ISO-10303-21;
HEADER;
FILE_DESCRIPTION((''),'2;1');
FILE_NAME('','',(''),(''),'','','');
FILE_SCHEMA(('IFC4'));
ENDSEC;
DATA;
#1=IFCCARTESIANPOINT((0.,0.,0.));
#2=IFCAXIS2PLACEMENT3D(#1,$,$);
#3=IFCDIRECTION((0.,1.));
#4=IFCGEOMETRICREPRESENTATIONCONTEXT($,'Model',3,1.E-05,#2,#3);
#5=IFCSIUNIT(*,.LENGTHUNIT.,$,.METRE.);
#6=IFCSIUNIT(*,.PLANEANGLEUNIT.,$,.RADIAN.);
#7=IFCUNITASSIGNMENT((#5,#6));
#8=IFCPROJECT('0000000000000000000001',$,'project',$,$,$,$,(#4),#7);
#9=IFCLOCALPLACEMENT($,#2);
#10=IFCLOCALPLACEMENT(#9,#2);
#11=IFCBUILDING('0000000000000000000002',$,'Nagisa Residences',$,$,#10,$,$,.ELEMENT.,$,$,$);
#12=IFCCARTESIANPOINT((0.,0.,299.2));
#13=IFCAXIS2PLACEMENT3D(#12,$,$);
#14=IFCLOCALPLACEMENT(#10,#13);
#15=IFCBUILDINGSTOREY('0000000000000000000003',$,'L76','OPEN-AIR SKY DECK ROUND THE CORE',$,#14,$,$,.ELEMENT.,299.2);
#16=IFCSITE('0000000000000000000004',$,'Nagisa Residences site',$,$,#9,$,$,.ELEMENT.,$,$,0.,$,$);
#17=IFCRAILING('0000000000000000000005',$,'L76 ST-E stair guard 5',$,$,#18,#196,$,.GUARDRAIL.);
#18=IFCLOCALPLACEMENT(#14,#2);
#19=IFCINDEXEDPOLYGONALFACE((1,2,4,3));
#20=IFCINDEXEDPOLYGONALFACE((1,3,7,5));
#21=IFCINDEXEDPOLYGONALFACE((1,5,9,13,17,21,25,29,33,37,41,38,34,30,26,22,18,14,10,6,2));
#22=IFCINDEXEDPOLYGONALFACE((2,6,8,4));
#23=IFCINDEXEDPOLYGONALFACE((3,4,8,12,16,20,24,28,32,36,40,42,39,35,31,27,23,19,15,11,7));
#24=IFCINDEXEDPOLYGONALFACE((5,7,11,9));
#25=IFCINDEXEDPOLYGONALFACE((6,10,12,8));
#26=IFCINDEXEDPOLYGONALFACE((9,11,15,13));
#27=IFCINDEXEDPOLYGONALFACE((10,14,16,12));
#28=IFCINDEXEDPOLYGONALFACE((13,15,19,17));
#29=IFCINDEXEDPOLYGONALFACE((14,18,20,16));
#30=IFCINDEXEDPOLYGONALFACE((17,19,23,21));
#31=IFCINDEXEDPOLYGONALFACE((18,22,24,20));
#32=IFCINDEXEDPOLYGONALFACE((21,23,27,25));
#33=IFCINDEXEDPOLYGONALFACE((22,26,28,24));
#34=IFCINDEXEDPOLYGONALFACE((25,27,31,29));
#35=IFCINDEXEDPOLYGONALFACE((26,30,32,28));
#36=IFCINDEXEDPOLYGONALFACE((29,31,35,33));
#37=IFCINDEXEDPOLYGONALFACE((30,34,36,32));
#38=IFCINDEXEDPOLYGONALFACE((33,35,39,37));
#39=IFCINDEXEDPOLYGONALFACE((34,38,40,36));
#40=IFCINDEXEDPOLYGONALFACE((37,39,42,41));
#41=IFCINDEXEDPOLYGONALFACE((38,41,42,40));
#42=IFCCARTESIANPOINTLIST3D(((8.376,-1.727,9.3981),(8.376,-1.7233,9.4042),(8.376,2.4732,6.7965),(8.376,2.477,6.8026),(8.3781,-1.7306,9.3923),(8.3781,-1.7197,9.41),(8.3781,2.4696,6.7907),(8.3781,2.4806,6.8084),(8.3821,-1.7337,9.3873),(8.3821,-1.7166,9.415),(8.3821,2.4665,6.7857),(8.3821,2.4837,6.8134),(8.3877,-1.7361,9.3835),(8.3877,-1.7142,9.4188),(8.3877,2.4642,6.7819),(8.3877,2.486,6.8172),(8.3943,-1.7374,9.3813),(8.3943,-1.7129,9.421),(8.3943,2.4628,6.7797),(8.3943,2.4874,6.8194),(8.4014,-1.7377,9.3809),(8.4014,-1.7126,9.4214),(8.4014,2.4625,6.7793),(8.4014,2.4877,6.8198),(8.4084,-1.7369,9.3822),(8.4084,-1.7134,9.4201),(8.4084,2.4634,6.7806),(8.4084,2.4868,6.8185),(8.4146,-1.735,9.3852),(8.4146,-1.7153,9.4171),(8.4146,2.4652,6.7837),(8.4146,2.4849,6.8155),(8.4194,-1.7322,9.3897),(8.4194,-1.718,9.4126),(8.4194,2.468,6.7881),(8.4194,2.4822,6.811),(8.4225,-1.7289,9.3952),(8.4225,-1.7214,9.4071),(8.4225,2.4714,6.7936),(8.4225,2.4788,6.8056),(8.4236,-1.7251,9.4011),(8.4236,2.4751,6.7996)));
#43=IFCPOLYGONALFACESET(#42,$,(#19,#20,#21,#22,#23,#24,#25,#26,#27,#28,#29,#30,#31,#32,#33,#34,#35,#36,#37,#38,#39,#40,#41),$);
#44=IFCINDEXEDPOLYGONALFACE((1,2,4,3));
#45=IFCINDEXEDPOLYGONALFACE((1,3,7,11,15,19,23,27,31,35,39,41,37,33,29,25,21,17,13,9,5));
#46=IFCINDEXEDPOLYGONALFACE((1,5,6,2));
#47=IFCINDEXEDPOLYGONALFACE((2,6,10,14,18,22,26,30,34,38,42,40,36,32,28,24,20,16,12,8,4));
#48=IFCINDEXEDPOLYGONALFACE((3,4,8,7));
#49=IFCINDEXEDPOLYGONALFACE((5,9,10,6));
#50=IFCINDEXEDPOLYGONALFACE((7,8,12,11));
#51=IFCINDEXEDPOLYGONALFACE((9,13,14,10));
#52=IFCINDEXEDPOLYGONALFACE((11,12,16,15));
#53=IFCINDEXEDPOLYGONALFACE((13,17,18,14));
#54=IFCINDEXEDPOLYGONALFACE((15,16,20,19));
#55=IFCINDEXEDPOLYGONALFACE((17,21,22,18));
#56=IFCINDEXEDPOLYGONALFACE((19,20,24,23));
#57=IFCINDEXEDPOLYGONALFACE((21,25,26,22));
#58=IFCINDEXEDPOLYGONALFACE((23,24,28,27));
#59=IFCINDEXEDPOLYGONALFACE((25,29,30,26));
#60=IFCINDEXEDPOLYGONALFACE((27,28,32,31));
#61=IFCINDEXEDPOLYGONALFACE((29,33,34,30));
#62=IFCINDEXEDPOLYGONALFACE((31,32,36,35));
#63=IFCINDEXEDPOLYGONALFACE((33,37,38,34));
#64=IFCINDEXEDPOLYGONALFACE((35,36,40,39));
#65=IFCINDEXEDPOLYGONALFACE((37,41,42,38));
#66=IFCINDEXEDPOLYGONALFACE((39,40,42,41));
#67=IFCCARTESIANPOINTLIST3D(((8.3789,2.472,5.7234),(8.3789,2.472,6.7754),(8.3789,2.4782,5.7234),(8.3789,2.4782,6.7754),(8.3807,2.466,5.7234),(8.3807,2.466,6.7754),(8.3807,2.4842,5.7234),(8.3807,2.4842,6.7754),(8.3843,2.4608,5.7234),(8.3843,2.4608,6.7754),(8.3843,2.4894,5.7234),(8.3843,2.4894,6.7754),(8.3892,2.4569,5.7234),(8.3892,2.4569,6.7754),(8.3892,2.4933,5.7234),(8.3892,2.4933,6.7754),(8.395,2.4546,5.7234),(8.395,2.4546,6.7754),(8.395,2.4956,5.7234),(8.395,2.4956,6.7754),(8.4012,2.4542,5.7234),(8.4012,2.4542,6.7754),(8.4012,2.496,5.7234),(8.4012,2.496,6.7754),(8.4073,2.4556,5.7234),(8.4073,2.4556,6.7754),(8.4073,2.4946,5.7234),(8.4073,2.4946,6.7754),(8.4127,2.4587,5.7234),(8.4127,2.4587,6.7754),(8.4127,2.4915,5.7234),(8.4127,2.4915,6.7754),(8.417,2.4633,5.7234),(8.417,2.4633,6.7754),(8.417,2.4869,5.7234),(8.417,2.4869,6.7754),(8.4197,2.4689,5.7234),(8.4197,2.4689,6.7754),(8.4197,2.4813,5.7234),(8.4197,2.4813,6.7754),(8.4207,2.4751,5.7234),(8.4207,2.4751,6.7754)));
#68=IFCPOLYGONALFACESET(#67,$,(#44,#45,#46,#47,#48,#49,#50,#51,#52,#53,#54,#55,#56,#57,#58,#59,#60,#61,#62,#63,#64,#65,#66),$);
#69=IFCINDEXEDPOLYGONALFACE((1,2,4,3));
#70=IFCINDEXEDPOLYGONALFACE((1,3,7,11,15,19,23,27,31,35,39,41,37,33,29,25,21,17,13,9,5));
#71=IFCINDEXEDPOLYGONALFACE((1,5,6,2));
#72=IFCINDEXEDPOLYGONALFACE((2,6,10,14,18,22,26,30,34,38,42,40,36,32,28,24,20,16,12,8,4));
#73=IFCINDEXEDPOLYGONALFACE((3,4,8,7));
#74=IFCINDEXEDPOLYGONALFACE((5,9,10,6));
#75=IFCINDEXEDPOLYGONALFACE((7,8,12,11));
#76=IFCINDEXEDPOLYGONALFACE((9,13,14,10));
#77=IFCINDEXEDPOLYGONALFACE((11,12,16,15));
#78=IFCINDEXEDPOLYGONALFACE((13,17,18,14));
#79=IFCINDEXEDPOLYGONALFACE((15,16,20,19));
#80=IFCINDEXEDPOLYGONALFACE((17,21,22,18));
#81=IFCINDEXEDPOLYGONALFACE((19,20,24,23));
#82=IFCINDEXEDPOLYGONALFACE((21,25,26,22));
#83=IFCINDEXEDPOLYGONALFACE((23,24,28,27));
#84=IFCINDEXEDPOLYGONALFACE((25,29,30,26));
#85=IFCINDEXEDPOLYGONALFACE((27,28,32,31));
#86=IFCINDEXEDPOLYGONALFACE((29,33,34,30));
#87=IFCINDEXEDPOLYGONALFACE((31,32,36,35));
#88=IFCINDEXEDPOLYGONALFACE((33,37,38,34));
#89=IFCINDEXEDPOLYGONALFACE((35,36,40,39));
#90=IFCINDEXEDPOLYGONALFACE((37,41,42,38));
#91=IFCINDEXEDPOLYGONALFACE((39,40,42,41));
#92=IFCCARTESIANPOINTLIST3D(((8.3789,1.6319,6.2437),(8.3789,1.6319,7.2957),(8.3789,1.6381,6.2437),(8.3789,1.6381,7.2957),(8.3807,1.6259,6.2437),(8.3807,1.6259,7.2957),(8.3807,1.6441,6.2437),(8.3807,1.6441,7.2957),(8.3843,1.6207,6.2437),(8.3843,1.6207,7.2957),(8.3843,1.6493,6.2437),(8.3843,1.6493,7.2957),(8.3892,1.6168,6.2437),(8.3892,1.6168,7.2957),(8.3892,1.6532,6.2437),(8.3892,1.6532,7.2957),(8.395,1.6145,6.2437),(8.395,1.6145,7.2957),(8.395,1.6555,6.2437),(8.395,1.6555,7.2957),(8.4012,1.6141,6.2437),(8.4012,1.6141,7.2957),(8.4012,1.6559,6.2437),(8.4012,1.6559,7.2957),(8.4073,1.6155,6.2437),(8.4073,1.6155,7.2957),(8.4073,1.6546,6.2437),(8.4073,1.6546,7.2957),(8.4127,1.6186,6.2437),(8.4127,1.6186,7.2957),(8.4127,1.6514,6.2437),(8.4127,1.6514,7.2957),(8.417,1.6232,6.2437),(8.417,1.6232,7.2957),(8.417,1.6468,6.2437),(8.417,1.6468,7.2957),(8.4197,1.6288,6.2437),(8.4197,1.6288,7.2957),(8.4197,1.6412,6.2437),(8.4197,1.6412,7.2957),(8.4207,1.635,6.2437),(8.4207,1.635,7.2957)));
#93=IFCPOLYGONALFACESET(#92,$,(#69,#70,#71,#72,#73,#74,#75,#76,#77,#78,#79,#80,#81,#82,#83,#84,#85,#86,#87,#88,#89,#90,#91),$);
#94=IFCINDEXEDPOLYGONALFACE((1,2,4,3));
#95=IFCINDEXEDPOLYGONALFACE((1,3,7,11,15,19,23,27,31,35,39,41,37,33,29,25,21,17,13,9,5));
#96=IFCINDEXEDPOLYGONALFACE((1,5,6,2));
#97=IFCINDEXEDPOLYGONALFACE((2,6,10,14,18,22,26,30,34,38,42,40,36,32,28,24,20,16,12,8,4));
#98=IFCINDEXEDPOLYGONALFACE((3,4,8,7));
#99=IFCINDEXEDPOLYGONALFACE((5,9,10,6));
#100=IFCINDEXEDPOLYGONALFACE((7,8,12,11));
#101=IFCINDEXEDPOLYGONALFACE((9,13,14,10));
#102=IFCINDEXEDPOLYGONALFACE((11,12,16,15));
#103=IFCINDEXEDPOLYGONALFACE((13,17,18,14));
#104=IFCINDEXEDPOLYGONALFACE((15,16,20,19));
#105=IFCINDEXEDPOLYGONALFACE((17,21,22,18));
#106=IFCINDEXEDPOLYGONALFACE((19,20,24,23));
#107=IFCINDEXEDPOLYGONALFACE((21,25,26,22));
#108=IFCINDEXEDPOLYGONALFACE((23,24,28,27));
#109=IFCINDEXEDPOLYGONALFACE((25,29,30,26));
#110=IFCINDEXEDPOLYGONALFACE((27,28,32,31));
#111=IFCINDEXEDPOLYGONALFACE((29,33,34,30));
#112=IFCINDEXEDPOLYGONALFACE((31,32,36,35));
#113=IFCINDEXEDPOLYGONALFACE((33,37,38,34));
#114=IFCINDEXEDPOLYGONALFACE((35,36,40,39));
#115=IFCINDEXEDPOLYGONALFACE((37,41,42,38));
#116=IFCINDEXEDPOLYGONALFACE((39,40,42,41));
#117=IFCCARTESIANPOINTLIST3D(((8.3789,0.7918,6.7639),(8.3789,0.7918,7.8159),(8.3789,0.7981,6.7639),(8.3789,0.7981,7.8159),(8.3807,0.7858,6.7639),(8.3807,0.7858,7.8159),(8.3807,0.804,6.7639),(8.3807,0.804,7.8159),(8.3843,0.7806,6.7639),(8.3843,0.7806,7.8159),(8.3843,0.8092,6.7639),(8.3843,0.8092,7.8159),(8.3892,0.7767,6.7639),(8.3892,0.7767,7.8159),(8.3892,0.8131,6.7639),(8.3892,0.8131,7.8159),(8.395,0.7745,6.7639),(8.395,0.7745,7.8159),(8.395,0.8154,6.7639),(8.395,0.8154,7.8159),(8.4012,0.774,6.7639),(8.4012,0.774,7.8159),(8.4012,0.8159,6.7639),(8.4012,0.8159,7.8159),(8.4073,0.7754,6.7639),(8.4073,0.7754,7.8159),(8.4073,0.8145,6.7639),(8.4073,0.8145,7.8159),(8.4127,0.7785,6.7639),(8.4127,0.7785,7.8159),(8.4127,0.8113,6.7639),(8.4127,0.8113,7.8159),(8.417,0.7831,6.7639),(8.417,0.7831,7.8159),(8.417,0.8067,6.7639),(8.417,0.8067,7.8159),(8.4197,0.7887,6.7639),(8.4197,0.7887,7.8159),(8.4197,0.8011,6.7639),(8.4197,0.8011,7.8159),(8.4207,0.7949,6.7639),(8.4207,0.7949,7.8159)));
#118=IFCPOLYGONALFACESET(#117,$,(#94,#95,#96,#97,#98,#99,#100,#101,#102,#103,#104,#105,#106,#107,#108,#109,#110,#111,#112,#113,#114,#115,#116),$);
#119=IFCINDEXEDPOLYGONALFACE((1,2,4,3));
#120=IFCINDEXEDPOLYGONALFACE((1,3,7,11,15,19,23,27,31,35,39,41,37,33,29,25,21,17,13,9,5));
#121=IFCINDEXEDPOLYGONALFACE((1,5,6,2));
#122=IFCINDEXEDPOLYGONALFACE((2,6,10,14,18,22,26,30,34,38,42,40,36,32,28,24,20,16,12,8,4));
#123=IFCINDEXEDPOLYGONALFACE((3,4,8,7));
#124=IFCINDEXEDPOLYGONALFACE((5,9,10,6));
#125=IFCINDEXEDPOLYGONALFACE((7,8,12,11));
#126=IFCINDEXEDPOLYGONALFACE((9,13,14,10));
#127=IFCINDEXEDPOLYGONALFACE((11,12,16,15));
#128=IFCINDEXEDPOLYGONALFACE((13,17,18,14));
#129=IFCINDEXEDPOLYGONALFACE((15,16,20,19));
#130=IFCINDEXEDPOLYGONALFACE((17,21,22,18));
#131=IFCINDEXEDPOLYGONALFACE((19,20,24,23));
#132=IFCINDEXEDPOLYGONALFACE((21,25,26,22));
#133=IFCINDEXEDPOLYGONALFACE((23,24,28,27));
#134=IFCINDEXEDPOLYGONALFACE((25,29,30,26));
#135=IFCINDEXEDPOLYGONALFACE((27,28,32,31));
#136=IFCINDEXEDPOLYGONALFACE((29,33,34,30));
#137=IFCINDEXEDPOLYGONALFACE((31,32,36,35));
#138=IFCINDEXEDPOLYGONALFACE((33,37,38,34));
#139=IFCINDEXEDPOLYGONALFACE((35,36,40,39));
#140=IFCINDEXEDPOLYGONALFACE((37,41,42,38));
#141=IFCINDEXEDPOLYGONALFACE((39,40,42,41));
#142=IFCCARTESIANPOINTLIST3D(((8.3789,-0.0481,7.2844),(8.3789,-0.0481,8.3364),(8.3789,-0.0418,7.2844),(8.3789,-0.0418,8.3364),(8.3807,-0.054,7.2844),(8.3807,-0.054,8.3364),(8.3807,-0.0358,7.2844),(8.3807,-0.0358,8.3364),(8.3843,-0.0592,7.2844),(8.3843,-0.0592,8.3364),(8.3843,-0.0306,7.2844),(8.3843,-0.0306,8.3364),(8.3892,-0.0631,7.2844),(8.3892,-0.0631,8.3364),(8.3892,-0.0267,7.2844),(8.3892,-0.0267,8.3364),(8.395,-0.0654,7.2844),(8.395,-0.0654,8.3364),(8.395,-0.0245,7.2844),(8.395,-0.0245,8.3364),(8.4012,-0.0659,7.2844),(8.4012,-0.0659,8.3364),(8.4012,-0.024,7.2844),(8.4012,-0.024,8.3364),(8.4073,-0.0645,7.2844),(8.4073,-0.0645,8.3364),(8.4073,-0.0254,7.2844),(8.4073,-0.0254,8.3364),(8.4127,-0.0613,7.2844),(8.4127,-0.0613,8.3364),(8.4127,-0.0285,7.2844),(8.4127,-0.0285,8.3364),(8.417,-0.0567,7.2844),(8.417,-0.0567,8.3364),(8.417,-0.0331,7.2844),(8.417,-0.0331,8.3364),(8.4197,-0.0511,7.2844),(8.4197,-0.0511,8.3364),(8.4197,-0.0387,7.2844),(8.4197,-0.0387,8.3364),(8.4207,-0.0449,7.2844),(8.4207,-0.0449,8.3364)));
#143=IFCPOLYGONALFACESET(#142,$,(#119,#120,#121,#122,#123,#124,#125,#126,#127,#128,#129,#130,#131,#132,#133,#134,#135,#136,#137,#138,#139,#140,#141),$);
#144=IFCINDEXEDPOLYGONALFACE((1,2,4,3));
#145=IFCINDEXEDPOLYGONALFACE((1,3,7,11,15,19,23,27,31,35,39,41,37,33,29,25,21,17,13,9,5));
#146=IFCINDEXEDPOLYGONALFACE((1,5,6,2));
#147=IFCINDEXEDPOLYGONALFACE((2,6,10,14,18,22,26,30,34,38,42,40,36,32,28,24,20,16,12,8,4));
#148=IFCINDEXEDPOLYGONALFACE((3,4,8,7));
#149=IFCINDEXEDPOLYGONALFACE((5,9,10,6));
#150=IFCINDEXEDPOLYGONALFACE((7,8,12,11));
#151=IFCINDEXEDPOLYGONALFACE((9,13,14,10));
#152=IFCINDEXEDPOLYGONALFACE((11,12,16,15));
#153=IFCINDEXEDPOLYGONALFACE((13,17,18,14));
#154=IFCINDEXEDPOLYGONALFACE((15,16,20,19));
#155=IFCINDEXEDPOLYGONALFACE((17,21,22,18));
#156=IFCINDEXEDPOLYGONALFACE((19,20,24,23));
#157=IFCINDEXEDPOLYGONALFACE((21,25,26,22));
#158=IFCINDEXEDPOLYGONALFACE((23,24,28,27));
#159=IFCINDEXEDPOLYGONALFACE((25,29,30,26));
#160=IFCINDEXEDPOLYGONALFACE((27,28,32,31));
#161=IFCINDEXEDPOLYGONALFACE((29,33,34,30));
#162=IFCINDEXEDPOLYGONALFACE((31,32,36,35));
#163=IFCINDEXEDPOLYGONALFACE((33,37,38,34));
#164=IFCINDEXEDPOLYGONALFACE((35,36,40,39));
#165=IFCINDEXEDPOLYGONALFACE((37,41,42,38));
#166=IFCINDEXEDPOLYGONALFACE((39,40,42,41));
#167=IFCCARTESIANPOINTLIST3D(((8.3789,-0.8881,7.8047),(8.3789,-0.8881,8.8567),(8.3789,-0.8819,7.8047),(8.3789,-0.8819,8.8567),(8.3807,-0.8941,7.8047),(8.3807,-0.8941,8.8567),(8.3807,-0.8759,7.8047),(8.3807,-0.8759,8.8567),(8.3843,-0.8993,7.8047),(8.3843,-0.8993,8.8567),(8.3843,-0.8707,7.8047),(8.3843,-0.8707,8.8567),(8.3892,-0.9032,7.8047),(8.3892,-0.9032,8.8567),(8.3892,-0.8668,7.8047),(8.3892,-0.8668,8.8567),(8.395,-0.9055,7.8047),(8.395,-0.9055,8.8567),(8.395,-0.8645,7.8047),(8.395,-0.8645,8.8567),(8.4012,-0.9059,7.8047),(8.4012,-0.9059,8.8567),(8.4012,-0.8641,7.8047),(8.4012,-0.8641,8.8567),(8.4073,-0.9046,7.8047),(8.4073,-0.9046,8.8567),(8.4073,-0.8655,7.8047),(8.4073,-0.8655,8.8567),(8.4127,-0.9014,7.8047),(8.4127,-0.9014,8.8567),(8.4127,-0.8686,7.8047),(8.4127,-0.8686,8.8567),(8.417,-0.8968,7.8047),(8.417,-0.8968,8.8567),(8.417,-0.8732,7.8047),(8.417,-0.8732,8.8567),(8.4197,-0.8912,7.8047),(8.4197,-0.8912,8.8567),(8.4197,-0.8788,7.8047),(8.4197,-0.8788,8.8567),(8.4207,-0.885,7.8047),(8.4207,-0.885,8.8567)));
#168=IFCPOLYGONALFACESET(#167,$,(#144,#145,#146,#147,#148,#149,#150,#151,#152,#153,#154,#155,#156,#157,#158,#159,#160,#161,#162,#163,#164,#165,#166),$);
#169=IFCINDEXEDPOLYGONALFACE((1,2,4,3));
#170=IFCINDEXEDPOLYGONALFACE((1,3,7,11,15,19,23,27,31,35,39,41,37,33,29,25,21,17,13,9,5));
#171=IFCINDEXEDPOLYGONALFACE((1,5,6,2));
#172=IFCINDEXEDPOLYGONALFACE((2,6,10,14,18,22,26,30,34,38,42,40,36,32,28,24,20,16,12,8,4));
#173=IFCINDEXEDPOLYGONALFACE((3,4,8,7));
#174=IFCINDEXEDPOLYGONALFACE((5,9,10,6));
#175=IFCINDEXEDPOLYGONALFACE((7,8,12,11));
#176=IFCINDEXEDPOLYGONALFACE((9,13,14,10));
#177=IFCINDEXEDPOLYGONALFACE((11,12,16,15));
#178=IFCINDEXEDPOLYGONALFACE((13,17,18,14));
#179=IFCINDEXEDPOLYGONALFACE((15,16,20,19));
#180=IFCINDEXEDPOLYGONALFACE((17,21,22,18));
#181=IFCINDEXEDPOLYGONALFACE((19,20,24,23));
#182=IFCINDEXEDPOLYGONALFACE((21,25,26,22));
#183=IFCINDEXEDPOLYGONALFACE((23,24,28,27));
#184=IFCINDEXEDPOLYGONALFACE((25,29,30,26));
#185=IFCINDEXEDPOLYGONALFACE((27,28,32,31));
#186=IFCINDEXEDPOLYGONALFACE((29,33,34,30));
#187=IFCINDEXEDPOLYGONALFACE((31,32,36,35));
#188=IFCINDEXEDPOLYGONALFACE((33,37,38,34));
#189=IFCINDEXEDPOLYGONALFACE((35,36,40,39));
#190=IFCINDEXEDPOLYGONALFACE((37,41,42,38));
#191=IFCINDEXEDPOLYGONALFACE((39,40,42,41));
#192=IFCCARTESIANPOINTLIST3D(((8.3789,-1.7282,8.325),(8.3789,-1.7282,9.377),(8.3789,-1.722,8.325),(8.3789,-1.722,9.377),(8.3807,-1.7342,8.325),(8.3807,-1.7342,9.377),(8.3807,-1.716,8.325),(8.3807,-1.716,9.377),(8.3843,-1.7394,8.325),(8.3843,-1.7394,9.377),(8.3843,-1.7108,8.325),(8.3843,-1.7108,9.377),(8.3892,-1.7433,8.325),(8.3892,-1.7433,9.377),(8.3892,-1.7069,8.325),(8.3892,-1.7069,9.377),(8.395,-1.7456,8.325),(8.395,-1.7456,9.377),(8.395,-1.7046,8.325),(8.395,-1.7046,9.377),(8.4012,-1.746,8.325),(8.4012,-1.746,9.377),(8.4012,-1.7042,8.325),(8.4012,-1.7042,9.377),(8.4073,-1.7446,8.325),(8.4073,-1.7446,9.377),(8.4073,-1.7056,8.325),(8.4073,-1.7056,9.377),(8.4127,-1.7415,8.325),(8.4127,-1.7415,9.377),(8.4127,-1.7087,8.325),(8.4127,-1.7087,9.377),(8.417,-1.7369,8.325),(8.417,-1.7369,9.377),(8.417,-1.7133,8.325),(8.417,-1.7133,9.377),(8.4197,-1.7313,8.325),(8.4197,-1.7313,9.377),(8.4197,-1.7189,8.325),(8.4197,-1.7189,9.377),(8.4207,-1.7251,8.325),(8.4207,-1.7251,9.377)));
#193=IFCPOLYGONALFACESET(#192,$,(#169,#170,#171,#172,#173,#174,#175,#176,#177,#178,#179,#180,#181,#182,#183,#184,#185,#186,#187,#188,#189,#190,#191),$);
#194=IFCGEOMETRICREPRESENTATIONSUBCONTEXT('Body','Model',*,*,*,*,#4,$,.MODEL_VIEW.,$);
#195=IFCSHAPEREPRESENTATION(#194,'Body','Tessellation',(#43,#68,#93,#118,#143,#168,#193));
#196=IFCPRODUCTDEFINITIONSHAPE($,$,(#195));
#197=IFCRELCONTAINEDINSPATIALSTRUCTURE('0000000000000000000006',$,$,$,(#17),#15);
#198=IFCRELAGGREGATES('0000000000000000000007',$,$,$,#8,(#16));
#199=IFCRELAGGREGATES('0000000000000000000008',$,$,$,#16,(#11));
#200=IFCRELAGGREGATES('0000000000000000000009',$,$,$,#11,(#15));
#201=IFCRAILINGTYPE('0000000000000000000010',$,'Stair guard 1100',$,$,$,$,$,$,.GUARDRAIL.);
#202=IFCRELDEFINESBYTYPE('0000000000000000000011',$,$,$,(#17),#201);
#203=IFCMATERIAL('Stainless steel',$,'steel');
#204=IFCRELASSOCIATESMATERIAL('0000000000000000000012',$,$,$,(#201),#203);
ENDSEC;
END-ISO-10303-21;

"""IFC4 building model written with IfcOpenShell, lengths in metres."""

from ifc_helpers import new_model, si_unit, direction, frame, origin, origin_2d, place, context, subcontext, project, spatial, circle, extrude, material, type_object, element, save


model = new_model("IFC4")

# Units and contexts
model_context = context("Model", 3, precision=1e-05, world=origin(), true_north=direction((0.0, 1.0)))
body_context = subcontext(model_context, "Body", "Model", "MODEL_VIEW")
ifc_project = project(units=[si_unit("LENGTHUNIT", "METRE"), si_unit("PLANEANGLEUNIT", "RADIAN")], contexts=[model_context])

# Site, building, storey
site_placement = place(None, origin())
site = spatial("IfcSite", under=ifc_project, at=site_placement, Name="Nagisa Residences site", CompositionType="ELEMENT", RefElevation=0.0)
building_placement = place(site_placement, origin())
building = spatial("IfcBuilding", under=site, at=building_placement, Name="Nagisa Residences", CompositionType="ELEMENT")
storey_placement = place(building_placement, frame((0.0, 0.0, 299.2)))
storey = spatial("IfcBuildingStorey", under=building, at=storey_placement, Name="L76", Description="OPEN-AIR SKY DECK ROUND THE CORE", CompositionType="ELEMENT", Elevation=299.2)

# Railing
ifc_material_1 = material(Name="Stainless steel", Category="steel")
railing_type_1 = type_object("IfcRailingType", Name="Stair guard 1100", PredefinedType="GUARDRAIL", material=ifc_material_1)
railing_1_placement = place(storey_placement, frame((8.3997, 2.4751, 5.7234)))
element("IfcRailing", 1, at=railing_1_placement, inside=storey, type_object=railing_type_1, Name="L76 ST-E stair guard 5", PredefinedType="GUARDRAIL", context=body_context, shape_type="SweptSolid", body=[
    extrude(circle(Radius=0.0239, at=origin_2d()), frame((0.0, 0.0, 1.0762), z_axis=(0.0, -0.850135, 0.526566), x_axis=(1.0, 0.0, 0.0)), (0.0, 0.0, 1.0), 4.9407),
    extrude(circle(Radius=0.021, at=origin_2d()), origin(), (0.0, 0.0, 1.0), 1.052),
    extrude(circle(Radius=0.021, at=origin_2d()), frame((0.0, -0.8401, 0.5203)), (0.0, 0.0, 1.0), 1.052),
    extrude(circle(Radius=0.021, at=origin_2d()), frame((0.0, -1.6802, 1.0405)), (0.0, 0.0, 1.0), 1.052),
    extrude(circle(Radius=0.021, at=origin_2d()), frame((0.0, -2.52, 1.561)), (0.0, 0.0, 1.0), 1.052),
    extrude(circle(Radius=0.021, at=origin_2d()), frame((0.0, -3.3601, 2.0813)), (0.0, 0.0, 1.0), 1.052),
    extrude(circle(Radius=0.021, at=origin_2d()), frame((0.0, -4.2002, 2.6016)), (0.0, 0.0, 1.0), 1.052),
])

save(model, "model.ifc")
